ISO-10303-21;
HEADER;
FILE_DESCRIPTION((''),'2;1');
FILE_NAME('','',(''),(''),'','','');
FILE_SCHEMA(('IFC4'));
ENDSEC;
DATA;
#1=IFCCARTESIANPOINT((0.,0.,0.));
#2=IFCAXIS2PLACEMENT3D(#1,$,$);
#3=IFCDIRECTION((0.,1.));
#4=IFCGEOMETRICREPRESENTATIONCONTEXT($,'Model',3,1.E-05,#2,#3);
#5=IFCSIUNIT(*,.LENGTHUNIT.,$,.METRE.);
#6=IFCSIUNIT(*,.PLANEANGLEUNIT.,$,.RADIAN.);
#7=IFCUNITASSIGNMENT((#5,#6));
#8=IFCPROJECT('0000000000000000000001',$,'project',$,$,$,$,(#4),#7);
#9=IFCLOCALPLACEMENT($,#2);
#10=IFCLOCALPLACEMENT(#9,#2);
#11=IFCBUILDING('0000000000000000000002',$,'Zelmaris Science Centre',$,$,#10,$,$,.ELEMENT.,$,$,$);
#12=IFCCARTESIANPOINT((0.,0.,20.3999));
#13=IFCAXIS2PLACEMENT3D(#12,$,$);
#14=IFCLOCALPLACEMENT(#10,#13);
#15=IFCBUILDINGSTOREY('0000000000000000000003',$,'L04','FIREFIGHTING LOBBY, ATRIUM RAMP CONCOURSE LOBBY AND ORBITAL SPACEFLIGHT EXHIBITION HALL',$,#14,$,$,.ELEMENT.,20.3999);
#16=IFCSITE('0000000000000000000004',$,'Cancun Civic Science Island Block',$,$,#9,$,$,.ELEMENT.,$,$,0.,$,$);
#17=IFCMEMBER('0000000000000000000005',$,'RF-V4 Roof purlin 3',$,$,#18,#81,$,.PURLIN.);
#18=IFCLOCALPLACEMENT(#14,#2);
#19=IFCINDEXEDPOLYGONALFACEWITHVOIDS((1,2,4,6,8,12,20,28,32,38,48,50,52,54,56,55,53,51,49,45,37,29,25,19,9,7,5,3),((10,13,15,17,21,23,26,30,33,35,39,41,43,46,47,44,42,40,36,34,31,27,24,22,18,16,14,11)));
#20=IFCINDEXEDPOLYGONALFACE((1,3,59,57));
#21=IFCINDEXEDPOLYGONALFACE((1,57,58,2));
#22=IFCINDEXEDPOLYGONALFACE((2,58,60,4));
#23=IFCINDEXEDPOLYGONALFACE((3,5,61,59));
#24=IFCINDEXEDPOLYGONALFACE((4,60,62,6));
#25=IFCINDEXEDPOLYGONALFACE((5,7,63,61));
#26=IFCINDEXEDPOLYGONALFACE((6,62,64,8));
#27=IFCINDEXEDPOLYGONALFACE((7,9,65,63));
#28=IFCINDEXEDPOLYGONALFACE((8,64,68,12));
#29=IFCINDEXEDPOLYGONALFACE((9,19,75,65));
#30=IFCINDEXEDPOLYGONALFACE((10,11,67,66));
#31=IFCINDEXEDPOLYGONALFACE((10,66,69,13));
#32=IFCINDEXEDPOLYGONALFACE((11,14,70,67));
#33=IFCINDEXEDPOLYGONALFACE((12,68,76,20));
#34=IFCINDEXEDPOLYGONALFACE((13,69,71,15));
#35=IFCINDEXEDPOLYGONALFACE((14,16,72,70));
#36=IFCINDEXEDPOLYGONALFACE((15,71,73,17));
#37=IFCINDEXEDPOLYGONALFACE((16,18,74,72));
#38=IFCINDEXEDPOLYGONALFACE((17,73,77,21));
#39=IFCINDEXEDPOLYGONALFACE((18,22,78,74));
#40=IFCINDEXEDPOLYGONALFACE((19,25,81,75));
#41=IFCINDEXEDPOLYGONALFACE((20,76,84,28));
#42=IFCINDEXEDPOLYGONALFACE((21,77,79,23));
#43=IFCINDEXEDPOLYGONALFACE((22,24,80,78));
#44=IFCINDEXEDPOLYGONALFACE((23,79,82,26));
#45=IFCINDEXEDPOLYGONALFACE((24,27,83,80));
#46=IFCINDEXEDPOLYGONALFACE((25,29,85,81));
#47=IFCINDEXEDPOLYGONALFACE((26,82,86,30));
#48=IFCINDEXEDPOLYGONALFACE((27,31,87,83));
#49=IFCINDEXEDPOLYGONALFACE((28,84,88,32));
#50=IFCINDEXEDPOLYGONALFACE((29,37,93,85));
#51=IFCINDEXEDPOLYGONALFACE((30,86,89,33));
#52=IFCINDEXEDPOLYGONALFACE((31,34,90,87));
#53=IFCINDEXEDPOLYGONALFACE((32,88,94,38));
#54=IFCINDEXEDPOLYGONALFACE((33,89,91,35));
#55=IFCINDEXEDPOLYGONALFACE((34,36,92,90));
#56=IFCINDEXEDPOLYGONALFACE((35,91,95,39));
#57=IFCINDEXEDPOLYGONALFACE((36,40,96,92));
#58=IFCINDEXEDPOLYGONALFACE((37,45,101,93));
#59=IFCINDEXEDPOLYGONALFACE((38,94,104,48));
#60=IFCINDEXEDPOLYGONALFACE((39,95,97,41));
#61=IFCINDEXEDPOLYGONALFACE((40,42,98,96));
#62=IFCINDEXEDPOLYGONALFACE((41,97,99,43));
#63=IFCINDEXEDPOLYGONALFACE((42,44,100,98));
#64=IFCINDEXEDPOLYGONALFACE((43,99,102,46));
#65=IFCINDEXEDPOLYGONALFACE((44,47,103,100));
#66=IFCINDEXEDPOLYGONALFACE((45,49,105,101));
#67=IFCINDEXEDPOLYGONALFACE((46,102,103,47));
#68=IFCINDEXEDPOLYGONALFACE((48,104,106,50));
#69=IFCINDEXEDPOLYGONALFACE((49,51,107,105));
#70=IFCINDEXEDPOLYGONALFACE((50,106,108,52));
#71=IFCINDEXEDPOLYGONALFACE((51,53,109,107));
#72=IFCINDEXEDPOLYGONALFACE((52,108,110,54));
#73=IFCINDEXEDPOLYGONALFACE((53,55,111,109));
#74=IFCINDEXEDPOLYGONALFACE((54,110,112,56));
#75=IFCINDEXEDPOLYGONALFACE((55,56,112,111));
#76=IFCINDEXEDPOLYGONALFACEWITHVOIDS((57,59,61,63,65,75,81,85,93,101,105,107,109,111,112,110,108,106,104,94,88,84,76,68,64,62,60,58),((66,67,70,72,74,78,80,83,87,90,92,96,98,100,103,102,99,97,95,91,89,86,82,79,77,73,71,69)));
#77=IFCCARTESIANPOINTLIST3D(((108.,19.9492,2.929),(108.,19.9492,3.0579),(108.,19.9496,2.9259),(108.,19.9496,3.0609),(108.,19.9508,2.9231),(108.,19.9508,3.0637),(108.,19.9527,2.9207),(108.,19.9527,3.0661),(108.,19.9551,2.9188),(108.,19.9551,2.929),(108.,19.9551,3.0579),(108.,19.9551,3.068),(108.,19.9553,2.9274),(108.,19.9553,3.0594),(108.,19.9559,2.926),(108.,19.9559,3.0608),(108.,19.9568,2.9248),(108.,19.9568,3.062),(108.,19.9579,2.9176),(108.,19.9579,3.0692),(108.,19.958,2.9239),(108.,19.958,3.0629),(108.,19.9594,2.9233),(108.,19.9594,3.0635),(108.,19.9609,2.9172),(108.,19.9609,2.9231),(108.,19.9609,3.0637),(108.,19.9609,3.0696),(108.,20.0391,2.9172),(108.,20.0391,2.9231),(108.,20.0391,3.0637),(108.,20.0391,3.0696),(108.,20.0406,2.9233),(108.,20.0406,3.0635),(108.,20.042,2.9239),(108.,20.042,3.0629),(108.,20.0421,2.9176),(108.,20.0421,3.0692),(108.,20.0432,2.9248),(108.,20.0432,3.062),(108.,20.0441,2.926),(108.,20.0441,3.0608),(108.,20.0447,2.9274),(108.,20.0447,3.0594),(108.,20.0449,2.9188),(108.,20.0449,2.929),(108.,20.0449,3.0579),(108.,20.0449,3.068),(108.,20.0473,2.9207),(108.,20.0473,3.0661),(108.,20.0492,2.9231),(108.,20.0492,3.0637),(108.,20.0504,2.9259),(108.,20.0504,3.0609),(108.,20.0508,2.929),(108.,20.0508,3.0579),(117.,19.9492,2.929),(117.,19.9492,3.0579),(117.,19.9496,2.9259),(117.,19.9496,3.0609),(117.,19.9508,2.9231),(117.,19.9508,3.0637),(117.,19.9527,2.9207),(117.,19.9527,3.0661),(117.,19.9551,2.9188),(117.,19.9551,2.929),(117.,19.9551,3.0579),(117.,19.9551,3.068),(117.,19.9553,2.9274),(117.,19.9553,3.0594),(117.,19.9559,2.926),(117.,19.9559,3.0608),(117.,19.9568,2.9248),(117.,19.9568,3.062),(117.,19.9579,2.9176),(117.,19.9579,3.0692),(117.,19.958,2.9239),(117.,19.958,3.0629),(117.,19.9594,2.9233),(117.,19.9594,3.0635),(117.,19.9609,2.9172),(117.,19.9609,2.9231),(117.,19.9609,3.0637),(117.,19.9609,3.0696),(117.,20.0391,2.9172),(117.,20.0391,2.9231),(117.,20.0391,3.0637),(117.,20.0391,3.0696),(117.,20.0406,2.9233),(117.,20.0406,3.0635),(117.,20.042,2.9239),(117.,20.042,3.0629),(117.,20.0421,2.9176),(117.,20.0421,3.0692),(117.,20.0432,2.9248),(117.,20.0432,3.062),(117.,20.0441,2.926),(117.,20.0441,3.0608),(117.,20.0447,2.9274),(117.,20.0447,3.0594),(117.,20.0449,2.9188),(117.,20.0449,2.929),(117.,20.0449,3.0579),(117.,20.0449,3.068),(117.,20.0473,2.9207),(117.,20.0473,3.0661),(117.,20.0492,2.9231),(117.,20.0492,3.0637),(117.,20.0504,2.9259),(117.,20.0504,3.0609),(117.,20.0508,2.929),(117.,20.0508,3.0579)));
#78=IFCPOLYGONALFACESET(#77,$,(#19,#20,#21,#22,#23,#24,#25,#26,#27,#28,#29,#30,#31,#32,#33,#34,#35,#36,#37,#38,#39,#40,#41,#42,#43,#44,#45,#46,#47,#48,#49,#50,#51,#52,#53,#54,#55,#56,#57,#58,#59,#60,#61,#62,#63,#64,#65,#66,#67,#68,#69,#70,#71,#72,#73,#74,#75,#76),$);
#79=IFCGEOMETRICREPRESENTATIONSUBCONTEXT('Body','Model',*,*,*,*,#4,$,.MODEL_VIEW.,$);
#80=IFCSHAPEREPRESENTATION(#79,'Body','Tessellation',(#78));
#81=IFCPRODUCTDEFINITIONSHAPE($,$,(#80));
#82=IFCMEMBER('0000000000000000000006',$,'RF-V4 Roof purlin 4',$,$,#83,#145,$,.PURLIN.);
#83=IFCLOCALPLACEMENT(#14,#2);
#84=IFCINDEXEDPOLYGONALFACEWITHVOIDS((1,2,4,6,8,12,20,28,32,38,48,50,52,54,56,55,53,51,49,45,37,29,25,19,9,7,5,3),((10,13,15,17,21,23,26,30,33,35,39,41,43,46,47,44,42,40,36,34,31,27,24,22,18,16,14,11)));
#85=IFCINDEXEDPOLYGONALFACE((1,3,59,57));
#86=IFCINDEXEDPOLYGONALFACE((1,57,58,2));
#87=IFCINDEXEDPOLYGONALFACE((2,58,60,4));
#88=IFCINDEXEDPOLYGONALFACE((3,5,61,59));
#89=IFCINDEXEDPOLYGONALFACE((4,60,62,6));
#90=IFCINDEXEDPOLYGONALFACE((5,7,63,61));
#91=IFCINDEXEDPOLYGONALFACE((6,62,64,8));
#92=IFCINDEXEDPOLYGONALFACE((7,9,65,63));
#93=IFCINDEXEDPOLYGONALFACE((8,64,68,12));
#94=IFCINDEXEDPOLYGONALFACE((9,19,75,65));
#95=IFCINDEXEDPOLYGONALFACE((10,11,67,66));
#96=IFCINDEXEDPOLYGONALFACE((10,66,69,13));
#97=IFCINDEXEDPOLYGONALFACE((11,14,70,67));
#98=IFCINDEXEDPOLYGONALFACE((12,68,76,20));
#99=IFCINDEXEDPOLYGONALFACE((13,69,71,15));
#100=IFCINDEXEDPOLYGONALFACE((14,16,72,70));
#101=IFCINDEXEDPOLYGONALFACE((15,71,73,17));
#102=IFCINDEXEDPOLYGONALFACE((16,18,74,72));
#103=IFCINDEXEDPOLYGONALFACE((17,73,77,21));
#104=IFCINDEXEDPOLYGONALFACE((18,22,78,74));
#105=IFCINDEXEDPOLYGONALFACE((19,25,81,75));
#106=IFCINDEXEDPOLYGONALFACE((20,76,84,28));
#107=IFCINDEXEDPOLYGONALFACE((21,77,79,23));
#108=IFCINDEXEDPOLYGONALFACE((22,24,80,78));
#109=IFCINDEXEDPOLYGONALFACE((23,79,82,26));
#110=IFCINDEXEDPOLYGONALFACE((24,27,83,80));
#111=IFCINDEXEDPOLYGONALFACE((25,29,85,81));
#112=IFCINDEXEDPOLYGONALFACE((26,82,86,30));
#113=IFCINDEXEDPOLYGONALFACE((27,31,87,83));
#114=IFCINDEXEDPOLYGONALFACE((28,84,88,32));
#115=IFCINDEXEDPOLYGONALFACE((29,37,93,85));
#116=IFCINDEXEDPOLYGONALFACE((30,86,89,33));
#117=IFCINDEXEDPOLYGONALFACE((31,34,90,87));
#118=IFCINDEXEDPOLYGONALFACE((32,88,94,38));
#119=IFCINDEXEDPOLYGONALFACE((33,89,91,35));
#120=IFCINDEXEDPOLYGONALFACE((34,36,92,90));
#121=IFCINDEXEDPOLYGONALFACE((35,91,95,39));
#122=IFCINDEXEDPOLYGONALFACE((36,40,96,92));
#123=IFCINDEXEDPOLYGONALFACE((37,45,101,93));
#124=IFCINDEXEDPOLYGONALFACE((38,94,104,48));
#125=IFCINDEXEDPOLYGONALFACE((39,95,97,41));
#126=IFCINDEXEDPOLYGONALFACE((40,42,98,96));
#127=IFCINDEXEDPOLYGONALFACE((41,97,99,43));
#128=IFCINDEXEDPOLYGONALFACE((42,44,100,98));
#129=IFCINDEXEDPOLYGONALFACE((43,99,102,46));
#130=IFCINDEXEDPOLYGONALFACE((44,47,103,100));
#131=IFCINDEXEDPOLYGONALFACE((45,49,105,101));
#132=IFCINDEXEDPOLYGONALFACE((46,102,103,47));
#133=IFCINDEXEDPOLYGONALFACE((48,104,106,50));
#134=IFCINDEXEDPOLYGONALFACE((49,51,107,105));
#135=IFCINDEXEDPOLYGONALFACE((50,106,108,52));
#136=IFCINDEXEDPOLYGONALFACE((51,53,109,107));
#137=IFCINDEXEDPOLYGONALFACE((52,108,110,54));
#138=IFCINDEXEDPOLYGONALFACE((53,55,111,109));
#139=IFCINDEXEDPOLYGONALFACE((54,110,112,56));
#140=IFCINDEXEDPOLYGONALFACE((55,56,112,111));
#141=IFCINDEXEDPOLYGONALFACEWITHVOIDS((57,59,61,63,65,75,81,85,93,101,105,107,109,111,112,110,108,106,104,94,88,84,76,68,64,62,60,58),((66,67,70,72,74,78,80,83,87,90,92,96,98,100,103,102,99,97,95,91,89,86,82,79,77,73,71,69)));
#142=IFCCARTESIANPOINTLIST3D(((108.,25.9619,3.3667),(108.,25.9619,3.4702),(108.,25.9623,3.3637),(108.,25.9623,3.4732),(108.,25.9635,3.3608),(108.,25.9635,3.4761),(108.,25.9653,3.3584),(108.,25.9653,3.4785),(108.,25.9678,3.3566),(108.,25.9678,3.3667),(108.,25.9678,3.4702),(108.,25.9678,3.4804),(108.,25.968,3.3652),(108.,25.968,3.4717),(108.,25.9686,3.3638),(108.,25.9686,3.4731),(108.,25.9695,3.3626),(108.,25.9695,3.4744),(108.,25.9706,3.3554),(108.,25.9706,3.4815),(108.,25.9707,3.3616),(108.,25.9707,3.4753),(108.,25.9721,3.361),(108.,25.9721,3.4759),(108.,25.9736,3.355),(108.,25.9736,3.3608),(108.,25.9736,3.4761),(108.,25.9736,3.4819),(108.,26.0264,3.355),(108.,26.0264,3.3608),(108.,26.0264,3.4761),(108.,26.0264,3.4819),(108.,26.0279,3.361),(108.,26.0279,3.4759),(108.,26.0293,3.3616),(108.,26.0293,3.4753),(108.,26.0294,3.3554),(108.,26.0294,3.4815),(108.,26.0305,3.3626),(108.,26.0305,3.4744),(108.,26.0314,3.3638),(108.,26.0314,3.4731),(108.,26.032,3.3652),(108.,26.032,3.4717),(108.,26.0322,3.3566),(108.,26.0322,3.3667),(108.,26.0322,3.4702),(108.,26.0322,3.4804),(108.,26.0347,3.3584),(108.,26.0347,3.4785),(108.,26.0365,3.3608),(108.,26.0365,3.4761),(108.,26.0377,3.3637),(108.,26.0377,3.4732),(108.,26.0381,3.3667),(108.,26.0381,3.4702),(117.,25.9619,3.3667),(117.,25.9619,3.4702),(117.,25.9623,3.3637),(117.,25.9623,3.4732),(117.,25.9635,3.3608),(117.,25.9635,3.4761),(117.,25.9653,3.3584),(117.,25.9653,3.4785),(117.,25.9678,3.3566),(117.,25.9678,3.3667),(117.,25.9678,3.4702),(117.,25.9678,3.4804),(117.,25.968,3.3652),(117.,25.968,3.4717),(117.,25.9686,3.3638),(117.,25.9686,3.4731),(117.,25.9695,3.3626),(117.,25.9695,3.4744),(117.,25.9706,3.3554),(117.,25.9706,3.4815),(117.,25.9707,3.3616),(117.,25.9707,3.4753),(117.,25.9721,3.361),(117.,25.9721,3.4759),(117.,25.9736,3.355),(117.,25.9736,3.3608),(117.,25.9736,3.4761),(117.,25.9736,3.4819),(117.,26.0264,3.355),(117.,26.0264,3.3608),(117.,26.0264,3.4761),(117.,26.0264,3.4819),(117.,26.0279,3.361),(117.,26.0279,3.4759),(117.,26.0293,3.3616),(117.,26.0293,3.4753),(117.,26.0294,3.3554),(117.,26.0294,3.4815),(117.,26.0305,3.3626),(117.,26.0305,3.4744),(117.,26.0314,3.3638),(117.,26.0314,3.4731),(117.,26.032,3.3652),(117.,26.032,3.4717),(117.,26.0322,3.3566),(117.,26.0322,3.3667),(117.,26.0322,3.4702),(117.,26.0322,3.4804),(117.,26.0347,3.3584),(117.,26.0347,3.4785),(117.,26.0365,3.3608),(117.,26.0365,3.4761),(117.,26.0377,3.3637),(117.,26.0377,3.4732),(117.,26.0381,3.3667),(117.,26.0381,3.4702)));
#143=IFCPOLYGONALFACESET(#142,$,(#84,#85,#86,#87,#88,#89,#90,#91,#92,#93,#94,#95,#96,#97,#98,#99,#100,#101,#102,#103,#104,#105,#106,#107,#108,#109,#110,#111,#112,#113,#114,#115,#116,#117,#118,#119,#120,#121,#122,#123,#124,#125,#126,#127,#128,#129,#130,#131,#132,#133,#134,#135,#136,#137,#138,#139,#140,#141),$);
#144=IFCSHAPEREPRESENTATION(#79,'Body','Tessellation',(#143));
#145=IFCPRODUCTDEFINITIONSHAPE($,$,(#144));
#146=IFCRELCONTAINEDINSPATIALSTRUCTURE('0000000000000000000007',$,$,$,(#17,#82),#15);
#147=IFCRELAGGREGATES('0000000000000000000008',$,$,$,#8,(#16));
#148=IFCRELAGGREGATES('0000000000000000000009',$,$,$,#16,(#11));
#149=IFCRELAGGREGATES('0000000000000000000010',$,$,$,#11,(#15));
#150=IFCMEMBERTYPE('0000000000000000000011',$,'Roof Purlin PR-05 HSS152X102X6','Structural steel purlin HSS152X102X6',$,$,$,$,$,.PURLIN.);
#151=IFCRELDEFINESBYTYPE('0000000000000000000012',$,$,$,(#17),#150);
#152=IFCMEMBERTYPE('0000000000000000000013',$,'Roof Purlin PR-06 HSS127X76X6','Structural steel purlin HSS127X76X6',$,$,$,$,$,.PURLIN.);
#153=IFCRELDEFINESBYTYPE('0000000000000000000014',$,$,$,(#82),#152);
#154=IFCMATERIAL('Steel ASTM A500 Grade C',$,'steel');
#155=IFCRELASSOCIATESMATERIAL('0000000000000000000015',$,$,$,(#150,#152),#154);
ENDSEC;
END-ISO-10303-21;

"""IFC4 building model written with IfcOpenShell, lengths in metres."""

from ifc_helpers import new_model, si_unit, direction, frame, origin, origin_2d, place, context, subcontext, project, spatial, hollow_rectangle, extrude, material, material_profile, profile_set, type_object, element, save


model = new_model("IFC4")

# Units and contexts
model_context = context("Model", 3, precision=1e-05, world=origin(), true_north=direction((0.0, 1.0)))
body_context = subcontext(model_context, "Body", "Model", "MODEL_VIEW")
ifc_project = project(units=[si_unit("LENGTHUNIT", "METRE"), si_unit("PLANEANGLEUNIT", "RADIAN")], contexts=[model_context])

# Site, building, storey
site_placement = place(None, origin())
site = spatial("IfcSite", under=ifc_project, at=site_placement, Name="Cancun Civic Science Island Block", CompositionType="ELEMENT", RefElevation=0.0)
building_placement = place(site_placement, origin())
building = spatial("IfcBuilding", under=site, at=building_placement, Name="Zelmaris Science Centre", CompositionType="ELEMENT")
storey_placement = place(building_placement, frame((0.0, 0.0, 20.3999)))
storey = spatial("IfcBuildingStorey", under=building, at=storey_placement, Name="L04", Description="FIREFIGHTING LOBBY, ATRIUM RAMP CONCOURSE LOBBY AND ORBITAL SPACEFLIGHT EXHIBITION HALL", CompositionType="ELEMENT", Elevation=20.3999)

# Shared definitions
ifc_material_1 = material(Name="Steel ASTM A500 Grade C", Category="steel")

# Members
ifc_material_profile_1 = material_profile(ifc_material_1, hollow_rectangle(XDim=0.1016, YDim=0.1523, WallThickness=0.0059, InnerFilletRadius=0.0059, OuterFilletRadius=0.0117, at=origin_2d()), Name="HSS152X102X6")
ifc_profile_set_1 = profile_set([ifc_material_profile_1], Name="Steel ASTM A500 Grade C")
member_type_1 = type_object("IfcMemberType", Name="Roof Purlin PR-05 HSS152X102X6", Description="Structural steel purlin HSS152X102X6", PredefinedType="PURLIN", material=ifc_profile_set_1)
member_1_placement = place(storey_placement, frame((108.0, 20.0, 2.9934), z_axis=(1.0, 0.0, 0.0), x_axis=(0.0, 1.0, 0.0)))
element("IfcMember", 1, at=member_1_placement, inside=storey, type_object=member_type_1, Name="RF-V4 Roof purlin 3", PredefinedType="PURLIN", context=body_context, shape_type="SweptSolid", body=[
    extrude(hollow_rectangle(XDim=0.1016, YDim=0.1523, WallThickness=0.0059, InnerFilletRadius=0.0059, OuterFilletRadius=0.0117, at=origin_2d()), origin(), (0.0, 0.0, 1.0), 9.0),
])
ifc_material_profile_2 = material_profile(ifc_material_1, hollow_rectangle(XDim=0.0762, YDim=0.127, WallThickness=0.0059, InnerFilletRadius=0.0059, OuterFilletRadius=0.0117, at=origin_2d()), Name="HSS127X76X6")
ifc_profile_set_2 = profile_set([ifc_material_profile_2], Name="Steel ASTM A500 Grade C")
member_type_2 = type_object("IfcMemberType", Name="Roof Purlin PR-06 HSS127X76X6", Description="Structural steel purlin HSS127X76X6", PredefinedType="PURLIN", material=ifc_profile_set_2)
member_2_placement = place(storey_placement, frame((108.0, 26.0, 3.4185), z_axis=(1.0, 0.0, 0.0), x_axis=(0.0, 1.0, 0.0)))
element("IfcMember", 2, at=member_2_placement, inside=storey, type_object=member_type_2, Name="RF-V4 Roof purlin 4", PredefinedType="PURLIN", context=body_context, shape_type="SweptSolid", body=[
    extrude(hollow_rectangle(XDim=0.0762, YDim=0.127, WallThickness=0.0059, InnerFilletRadius=0.0059, OuterFilletRadius=0.0117, at=origin_2d()), origin(), (0.0, 0.0, 1.0), 9.0),
])

save(model, "model.ifc")
